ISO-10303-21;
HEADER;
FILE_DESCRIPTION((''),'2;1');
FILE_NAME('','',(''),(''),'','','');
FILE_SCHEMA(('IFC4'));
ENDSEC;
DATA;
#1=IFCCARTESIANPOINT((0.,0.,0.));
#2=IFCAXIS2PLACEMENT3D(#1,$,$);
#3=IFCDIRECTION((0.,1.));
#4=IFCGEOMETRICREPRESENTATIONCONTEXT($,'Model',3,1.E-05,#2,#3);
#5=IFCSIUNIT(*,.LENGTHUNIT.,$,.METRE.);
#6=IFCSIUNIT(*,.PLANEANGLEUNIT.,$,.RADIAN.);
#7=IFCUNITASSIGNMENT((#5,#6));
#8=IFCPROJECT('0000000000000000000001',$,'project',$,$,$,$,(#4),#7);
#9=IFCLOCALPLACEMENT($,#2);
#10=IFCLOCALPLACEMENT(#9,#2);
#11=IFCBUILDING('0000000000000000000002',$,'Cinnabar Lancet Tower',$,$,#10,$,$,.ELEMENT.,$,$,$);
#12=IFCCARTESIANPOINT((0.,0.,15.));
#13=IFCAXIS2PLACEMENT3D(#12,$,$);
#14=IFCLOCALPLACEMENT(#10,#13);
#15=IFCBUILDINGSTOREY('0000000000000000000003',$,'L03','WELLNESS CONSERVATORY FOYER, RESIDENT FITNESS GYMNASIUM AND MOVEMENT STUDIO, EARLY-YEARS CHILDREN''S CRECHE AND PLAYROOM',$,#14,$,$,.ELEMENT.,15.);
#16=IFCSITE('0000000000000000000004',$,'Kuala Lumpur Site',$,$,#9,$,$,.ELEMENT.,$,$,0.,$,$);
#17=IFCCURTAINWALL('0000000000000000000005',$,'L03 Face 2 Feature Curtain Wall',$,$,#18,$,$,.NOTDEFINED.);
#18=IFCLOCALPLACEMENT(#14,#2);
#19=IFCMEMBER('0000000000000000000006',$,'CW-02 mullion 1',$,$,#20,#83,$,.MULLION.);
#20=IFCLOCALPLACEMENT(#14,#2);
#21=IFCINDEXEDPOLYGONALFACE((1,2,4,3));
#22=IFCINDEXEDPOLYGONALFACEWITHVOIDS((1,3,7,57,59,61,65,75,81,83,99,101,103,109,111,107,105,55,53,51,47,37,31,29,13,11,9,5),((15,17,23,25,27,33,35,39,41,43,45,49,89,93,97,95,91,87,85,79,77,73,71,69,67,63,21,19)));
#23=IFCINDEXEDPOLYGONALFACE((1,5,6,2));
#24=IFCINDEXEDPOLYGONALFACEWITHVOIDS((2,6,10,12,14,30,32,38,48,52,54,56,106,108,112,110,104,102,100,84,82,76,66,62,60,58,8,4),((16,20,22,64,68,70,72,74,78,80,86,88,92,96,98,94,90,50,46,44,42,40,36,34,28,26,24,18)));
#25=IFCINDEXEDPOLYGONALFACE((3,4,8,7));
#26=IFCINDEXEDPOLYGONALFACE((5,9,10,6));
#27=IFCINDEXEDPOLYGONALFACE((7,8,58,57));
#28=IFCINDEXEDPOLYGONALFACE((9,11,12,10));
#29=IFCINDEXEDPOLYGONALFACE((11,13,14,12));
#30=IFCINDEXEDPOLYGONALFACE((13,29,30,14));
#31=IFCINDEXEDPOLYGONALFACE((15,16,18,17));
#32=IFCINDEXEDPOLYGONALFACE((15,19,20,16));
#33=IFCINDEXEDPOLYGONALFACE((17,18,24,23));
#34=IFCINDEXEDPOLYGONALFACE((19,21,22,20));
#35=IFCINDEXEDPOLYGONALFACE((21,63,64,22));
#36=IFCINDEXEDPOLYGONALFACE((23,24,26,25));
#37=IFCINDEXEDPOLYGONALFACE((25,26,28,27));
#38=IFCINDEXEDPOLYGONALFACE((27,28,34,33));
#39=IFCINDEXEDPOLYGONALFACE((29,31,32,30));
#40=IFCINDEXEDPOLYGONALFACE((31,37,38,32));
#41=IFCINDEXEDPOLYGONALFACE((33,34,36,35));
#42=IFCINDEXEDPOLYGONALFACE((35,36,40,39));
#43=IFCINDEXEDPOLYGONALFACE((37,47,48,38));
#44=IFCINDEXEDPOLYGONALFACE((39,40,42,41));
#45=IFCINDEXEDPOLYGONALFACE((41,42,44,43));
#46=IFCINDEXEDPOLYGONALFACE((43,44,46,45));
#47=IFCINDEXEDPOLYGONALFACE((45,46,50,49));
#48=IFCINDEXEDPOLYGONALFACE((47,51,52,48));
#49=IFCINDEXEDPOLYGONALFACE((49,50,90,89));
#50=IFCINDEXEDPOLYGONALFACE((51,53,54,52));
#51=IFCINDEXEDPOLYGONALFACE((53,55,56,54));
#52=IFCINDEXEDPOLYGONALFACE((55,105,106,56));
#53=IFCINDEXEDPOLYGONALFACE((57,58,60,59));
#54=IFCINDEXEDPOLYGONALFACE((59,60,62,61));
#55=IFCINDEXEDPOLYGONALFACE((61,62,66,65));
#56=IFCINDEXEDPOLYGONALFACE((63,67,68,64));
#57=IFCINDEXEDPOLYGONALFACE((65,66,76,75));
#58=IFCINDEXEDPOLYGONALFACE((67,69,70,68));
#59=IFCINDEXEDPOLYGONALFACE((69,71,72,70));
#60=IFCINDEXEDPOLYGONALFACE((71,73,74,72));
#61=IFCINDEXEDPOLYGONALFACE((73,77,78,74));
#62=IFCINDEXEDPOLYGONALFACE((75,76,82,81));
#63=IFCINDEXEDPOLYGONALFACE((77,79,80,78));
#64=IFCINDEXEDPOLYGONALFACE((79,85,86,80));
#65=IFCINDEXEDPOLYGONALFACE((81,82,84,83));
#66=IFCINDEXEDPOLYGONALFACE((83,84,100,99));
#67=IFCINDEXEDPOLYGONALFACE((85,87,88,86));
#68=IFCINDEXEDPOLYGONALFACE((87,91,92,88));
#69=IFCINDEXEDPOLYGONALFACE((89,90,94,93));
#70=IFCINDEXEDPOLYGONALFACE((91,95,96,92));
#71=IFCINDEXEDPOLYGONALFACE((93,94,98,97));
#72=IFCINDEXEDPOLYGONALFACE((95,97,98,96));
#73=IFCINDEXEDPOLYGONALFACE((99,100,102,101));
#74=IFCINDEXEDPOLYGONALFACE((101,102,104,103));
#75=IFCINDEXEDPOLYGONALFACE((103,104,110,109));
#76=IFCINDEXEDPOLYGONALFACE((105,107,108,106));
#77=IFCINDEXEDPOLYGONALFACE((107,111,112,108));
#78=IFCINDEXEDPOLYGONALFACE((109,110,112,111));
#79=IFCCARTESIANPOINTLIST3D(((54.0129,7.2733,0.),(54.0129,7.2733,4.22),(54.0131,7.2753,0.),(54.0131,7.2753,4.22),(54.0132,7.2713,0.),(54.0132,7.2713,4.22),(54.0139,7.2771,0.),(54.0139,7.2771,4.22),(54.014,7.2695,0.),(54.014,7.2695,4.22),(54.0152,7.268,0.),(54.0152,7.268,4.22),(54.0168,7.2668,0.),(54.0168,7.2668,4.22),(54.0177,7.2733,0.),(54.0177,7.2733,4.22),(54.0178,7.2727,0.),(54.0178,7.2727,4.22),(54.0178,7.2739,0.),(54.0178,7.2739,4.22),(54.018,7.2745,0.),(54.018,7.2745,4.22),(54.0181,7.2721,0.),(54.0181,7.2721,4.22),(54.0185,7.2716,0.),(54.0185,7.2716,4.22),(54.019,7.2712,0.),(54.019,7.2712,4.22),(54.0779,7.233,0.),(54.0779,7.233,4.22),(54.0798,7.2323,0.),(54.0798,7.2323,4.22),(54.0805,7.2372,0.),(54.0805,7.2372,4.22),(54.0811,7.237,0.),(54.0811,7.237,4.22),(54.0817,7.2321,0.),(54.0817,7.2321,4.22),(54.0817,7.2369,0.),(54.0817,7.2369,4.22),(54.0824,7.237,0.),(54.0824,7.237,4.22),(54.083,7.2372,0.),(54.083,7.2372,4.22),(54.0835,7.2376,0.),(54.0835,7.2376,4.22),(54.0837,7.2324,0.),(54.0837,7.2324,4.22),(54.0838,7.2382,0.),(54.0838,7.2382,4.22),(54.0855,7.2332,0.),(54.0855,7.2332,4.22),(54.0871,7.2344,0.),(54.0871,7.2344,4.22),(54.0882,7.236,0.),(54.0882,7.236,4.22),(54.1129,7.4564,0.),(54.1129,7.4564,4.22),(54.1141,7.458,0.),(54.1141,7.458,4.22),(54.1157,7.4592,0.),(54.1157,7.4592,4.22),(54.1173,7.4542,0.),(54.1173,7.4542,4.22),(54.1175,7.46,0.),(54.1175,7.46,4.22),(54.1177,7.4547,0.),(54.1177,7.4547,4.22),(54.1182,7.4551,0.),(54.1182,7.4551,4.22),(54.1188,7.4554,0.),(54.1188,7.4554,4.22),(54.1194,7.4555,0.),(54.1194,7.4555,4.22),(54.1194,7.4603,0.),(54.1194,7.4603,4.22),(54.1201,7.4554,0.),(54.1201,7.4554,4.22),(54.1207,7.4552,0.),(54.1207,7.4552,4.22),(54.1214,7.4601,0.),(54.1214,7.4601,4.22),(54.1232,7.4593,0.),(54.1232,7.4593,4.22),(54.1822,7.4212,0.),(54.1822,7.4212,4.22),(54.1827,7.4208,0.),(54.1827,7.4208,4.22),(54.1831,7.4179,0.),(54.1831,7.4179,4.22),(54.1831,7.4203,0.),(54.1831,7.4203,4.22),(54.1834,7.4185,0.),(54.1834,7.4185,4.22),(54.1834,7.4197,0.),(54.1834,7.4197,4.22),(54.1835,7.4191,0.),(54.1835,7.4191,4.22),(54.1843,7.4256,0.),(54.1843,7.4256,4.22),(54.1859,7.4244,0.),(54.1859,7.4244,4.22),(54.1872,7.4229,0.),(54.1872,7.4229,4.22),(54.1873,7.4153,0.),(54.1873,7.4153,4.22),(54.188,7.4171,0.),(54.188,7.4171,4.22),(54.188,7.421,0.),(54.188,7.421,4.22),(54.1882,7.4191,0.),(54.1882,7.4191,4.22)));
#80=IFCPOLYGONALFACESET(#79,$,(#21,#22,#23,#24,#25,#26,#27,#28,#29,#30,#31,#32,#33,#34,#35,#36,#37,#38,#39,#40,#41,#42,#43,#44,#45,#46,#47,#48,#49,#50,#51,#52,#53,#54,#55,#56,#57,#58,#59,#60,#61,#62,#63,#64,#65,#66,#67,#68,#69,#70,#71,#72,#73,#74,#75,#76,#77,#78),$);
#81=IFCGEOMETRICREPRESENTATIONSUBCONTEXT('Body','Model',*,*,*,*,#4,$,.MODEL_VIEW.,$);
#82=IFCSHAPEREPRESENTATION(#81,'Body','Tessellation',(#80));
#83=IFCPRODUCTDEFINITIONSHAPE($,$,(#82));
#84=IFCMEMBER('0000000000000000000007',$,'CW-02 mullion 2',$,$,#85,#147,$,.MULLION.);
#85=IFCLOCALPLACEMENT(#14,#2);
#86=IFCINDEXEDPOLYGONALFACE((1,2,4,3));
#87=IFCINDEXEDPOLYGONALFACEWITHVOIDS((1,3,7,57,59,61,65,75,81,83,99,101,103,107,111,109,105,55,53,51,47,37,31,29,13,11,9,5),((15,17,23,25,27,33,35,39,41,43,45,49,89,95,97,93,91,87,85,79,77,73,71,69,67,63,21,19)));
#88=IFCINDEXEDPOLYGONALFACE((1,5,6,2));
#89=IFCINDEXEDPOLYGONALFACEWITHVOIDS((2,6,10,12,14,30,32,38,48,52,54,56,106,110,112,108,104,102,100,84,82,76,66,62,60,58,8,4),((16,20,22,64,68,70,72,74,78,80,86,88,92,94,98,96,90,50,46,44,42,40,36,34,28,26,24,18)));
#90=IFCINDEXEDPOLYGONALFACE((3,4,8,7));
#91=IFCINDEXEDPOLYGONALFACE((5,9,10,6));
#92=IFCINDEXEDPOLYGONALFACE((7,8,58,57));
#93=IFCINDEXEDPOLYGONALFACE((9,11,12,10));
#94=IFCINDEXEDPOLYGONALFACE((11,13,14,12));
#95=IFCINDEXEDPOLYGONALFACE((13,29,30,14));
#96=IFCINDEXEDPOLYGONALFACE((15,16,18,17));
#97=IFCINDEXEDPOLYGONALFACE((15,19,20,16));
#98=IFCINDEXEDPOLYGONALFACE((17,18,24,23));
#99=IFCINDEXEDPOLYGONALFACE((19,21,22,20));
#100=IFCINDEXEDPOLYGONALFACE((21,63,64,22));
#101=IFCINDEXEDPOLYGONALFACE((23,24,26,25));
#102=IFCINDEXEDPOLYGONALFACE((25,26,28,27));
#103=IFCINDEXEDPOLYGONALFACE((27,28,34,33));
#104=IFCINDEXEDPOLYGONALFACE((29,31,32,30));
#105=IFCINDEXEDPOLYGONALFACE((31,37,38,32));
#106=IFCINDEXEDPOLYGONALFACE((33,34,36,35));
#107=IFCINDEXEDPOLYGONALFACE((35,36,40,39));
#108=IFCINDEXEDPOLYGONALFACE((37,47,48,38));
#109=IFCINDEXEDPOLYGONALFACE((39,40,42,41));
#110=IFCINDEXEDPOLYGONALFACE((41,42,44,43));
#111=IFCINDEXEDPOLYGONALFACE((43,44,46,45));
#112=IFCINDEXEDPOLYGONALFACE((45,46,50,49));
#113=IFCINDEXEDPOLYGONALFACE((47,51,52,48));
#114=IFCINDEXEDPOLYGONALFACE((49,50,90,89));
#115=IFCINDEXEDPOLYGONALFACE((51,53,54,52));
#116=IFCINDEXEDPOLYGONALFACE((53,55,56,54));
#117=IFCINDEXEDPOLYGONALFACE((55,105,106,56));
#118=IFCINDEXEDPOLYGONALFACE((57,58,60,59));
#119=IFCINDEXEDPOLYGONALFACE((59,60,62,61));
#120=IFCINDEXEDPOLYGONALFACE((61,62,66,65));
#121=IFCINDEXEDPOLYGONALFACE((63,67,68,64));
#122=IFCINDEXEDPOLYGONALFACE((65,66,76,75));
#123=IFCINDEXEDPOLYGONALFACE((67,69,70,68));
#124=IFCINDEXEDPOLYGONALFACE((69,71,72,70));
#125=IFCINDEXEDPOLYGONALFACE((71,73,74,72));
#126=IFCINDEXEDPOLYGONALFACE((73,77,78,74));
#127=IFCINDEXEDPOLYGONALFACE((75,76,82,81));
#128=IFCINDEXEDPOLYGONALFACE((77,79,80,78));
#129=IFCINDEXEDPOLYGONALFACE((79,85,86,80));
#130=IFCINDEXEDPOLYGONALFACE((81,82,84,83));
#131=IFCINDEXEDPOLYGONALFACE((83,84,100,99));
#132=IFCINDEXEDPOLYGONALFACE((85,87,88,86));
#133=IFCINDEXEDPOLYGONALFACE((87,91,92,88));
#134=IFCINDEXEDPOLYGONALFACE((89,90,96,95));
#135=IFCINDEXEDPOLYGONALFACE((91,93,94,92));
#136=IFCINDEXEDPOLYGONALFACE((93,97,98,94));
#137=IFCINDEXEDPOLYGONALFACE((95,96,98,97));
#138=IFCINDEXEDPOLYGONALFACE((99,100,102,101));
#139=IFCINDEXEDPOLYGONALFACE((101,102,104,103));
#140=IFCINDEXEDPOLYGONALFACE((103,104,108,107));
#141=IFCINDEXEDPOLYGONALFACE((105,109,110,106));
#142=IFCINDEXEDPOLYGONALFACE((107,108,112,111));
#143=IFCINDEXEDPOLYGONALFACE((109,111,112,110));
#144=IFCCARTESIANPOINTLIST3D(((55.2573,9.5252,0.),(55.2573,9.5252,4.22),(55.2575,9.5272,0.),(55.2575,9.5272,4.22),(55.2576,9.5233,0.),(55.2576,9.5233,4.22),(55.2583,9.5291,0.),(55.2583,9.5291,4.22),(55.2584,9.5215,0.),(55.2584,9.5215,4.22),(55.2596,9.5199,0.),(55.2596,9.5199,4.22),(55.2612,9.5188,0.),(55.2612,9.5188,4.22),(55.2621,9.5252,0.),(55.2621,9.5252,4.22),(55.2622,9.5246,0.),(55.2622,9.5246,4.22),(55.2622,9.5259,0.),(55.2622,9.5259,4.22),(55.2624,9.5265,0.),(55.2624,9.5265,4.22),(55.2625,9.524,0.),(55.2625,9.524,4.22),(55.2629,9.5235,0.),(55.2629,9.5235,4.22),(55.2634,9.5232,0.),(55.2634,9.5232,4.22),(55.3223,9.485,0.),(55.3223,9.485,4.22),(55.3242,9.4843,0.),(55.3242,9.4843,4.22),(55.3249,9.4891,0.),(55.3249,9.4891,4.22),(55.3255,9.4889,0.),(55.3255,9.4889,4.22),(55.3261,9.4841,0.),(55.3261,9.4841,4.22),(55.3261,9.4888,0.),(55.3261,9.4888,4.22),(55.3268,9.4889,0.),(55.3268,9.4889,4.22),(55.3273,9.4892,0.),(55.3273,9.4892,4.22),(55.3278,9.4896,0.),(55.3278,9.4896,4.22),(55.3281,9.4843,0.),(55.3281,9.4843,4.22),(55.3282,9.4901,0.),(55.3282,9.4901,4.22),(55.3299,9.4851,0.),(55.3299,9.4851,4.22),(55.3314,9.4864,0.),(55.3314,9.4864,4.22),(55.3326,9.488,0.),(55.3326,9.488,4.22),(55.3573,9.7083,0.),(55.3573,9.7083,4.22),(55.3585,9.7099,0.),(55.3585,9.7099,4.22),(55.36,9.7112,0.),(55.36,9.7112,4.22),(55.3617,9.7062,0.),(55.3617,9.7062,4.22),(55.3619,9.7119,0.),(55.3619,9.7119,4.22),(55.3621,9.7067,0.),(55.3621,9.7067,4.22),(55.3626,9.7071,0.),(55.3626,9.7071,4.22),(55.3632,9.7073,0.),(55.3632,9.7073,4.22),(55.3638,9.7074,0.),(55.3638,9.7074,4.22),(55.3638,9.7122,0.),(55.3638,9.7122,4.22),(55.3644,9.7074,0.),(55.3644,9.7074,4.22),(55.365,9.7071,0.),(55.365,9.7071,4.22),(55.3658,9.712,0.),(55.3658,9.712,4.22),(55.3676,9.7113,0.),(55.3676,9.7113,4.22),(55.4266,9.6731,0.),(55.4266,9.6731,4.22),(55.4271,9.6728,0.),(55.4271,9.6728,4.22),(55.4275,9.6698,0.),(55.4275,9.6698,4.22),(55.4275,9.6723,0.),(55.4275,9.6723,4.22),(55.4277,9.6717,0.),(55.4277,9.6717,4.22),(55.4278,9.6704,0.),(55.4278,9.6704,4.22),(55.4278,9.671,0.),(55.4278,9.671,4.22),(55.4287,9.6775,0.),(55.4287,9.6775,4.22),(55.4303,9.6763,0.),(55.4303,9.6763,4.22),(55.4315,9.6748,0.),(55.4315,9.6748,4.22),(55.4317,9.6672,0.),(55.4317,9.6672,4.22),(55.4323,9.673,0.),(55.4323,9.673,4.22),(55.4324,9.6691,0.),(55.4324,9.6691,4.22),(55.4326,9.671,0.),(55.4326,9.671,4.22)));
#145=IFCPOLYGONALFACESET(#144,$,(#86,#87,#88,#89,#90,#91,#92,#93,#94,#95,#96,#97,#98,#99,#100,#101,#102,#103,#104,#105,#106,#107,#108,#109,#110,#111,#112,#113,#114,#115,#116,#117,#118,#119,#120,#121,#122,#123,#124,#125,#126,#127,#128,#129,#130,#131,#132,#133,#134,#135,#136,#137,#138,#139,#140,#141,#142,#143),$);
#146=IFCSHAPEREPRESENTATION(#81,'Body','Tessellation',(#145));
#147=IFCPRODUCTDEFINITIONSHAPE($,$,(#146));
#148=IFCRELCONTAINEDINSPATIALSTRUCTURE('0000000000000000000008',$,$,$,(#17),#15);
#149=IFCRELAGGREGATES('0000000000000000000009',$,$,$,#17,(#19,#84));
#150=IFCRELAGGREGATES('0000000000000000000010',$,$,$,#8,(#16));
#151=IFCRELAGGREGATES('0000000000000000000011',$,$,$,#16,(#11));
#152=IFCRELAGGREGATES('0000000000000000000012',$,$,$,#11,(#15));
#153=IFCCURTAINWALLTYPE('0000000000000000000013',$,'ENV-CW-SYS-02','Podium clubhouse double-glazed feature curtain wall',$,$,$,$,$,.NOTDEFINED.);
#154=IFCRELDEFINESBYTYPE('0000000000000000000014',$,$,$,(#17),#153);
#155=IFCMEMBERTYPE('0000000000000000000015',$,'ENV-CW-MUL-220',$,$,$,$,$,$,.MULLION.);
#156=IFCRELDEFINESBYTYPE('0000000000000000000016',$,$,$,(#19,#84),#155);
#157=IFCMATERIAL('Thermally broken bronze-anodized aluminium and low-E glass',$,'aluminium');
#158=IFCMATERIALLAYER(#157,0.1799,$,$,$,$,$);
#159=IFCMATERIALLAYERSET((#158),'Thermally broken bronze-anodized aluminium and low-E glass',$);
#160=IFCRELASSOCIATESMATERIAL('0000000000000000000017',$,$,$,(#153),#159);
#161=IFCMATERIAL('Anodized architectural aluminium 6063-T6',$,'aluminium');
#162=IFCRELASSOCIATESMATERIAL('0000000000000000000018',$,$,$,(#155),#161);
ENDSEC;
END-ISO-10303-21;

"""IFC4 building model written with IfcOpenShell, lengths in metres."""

from ifc_helpers import new_model, si_unit, direction, frame, origin, origin_2d, place, context, subcontext, project, spatial, hollow_rectangle, extrude, material, layer, layer_set, material_profile, profile_set, type_object, element, aggregate, save


model = new_model("IFC4")

# Units and contexts
model_context = context("Model", 3, precision=1e-05, world=origin(), true_north=direction((0.0, 1.0)))
body_context = subcontext(model_context, "Body", "Model", "MODEL_VIEW")
ifc_project = project(units=[si_unit("LENGTHUNIT", "METRE"), si_unit("PLANEANGLEUNIT", "RADIAN")], contexts=[model_context])

# Site, building, storey
site_placement = place(None, origin())
site = spatial("IfcSite", under=ifc_project, at=site_placement, Name="Kuala Lumpur Site", CompositionType="ELEMENT", RefElevation=0.0)
building_placement = place(site_placement, origin())
building = spatial("IfcBuilding", under=site, at=building_placement, Name="Cinnabar Lancet Tower", CompositionType="ELEMENT")
storey_placement = place(building_placement, frame((0.0, 0.0, 15.0)))
storey = spatial("IfcBuildingStorey", under=building, at=storey_placement, Name="L03", Description="WELLNESS CONSERVATORY FOYER, RESIDENT FITNESS GYMNASIUM AND MOVEMENT STUDIO, EARLY-YEARS CHILDREN'S CRECHE AND PLAYROOM", CompositionType="ELEMENT", Elevation=15.0)

# Curtain wall, members
ifc_material_1 = material(Name="Thermally broken bronze-anodized aluminium and low-E glass", Category="aluminium")
ifc_layer_1 = layer(ifc_material_1, 0.1799)
ifc_layer_set_1 = layer_set([ifc_layer_1], Name="Thermally broken bronze-anodized aluminium and low-E glass")
curtain_wall_type = type_object("IfcCurtainWallType", Name="ENV-CW-SYS-02", Description="Podium clubhouse double-glazed feature curtain wall", PredefinedType="NOTDEFINED", material=ifc_layer_set_1)
curtain_wall_placement = place(storey_placement, origin())
curtain_wall = element("IfcCurtainWall", 1, at=curtain_wall_placement, inside=storey, type_object=curtain_wall_type, Name="L03 Face 2 Feature Curtain Wall", PredefinedType="NOTDEFINED")
ifc_material_2 = material(Name="Anodized architectural aluminium 6063-T6", Category="aluminium")
ifc_material_profile_1 = material_profile(ifc_material_2, hollow_rectangle(XDim=0.085, YDim=0.22, WallThickness=0.0049, InnerFilletRadius=0.0024, OuterFilletRadius=0.0076, at=origin_2d()), Name="CW-MUL 220x85x5")
ifc_profile_set_1 = profile_set([ifc_material_profile_1], Name="Anodized architectural aluminium 6063-T6")
member_type_1 = type_object("IfcMemberType", Name="ENV-CW-MUL-220", PredefinedType="MULLION", material=ifc_profile_set_1)
member_1_placement = place(storey_placement, frame((54.1006, 7.3462, 0.0), z_axis=(0.0, 0.0, 1.0), x_axis=(-0.875242, 0.483685, 0.0)))
member_1 = element("IfcMember", 2, at=member_1_placement, type_object=member_type_1, Name="CW-02 mullion 1", PredefinedType="MULLION", context=body_context, shape_type="SweptSolid", body=[
    extrude(hollow_rectangle(XDim=0.085, YDim=0.22, WallThickness=0.0049, InnerFilletRadius=0.0024, OuterFilletRadius=0.0076, at=origin_2d()), origin(), (0.0, 0.0, 1.0), 4.22),
])
member_2_placement = place(storey_placement, frame((55.345, 9.5981, 0.0), z_axis=(0.0, 0.0, 1.0), x_axis=(-0.875242, 0.483685, 0.0)))
member_2 = element("IfcMember", 3, at=member_2_placement, type_object=member_type_1, Name="CW-02 mullion 2", PredefinedType="MULLION", context=body_context, shape_type="SweptSolid", body=[
    extrude(hollow_rectangle(XDim=0.085, YDim=0.22, WallThickness=0.0049, InnerFilletRadius=0.0024, OuterFilletRadius=0.0076, at=origin_2d()), origin(), (0.0, 0.0, 1.0), 4.22),
])
aggregate(curtain_wall, [member_1, member_2])

save(model, "model.ifc")
